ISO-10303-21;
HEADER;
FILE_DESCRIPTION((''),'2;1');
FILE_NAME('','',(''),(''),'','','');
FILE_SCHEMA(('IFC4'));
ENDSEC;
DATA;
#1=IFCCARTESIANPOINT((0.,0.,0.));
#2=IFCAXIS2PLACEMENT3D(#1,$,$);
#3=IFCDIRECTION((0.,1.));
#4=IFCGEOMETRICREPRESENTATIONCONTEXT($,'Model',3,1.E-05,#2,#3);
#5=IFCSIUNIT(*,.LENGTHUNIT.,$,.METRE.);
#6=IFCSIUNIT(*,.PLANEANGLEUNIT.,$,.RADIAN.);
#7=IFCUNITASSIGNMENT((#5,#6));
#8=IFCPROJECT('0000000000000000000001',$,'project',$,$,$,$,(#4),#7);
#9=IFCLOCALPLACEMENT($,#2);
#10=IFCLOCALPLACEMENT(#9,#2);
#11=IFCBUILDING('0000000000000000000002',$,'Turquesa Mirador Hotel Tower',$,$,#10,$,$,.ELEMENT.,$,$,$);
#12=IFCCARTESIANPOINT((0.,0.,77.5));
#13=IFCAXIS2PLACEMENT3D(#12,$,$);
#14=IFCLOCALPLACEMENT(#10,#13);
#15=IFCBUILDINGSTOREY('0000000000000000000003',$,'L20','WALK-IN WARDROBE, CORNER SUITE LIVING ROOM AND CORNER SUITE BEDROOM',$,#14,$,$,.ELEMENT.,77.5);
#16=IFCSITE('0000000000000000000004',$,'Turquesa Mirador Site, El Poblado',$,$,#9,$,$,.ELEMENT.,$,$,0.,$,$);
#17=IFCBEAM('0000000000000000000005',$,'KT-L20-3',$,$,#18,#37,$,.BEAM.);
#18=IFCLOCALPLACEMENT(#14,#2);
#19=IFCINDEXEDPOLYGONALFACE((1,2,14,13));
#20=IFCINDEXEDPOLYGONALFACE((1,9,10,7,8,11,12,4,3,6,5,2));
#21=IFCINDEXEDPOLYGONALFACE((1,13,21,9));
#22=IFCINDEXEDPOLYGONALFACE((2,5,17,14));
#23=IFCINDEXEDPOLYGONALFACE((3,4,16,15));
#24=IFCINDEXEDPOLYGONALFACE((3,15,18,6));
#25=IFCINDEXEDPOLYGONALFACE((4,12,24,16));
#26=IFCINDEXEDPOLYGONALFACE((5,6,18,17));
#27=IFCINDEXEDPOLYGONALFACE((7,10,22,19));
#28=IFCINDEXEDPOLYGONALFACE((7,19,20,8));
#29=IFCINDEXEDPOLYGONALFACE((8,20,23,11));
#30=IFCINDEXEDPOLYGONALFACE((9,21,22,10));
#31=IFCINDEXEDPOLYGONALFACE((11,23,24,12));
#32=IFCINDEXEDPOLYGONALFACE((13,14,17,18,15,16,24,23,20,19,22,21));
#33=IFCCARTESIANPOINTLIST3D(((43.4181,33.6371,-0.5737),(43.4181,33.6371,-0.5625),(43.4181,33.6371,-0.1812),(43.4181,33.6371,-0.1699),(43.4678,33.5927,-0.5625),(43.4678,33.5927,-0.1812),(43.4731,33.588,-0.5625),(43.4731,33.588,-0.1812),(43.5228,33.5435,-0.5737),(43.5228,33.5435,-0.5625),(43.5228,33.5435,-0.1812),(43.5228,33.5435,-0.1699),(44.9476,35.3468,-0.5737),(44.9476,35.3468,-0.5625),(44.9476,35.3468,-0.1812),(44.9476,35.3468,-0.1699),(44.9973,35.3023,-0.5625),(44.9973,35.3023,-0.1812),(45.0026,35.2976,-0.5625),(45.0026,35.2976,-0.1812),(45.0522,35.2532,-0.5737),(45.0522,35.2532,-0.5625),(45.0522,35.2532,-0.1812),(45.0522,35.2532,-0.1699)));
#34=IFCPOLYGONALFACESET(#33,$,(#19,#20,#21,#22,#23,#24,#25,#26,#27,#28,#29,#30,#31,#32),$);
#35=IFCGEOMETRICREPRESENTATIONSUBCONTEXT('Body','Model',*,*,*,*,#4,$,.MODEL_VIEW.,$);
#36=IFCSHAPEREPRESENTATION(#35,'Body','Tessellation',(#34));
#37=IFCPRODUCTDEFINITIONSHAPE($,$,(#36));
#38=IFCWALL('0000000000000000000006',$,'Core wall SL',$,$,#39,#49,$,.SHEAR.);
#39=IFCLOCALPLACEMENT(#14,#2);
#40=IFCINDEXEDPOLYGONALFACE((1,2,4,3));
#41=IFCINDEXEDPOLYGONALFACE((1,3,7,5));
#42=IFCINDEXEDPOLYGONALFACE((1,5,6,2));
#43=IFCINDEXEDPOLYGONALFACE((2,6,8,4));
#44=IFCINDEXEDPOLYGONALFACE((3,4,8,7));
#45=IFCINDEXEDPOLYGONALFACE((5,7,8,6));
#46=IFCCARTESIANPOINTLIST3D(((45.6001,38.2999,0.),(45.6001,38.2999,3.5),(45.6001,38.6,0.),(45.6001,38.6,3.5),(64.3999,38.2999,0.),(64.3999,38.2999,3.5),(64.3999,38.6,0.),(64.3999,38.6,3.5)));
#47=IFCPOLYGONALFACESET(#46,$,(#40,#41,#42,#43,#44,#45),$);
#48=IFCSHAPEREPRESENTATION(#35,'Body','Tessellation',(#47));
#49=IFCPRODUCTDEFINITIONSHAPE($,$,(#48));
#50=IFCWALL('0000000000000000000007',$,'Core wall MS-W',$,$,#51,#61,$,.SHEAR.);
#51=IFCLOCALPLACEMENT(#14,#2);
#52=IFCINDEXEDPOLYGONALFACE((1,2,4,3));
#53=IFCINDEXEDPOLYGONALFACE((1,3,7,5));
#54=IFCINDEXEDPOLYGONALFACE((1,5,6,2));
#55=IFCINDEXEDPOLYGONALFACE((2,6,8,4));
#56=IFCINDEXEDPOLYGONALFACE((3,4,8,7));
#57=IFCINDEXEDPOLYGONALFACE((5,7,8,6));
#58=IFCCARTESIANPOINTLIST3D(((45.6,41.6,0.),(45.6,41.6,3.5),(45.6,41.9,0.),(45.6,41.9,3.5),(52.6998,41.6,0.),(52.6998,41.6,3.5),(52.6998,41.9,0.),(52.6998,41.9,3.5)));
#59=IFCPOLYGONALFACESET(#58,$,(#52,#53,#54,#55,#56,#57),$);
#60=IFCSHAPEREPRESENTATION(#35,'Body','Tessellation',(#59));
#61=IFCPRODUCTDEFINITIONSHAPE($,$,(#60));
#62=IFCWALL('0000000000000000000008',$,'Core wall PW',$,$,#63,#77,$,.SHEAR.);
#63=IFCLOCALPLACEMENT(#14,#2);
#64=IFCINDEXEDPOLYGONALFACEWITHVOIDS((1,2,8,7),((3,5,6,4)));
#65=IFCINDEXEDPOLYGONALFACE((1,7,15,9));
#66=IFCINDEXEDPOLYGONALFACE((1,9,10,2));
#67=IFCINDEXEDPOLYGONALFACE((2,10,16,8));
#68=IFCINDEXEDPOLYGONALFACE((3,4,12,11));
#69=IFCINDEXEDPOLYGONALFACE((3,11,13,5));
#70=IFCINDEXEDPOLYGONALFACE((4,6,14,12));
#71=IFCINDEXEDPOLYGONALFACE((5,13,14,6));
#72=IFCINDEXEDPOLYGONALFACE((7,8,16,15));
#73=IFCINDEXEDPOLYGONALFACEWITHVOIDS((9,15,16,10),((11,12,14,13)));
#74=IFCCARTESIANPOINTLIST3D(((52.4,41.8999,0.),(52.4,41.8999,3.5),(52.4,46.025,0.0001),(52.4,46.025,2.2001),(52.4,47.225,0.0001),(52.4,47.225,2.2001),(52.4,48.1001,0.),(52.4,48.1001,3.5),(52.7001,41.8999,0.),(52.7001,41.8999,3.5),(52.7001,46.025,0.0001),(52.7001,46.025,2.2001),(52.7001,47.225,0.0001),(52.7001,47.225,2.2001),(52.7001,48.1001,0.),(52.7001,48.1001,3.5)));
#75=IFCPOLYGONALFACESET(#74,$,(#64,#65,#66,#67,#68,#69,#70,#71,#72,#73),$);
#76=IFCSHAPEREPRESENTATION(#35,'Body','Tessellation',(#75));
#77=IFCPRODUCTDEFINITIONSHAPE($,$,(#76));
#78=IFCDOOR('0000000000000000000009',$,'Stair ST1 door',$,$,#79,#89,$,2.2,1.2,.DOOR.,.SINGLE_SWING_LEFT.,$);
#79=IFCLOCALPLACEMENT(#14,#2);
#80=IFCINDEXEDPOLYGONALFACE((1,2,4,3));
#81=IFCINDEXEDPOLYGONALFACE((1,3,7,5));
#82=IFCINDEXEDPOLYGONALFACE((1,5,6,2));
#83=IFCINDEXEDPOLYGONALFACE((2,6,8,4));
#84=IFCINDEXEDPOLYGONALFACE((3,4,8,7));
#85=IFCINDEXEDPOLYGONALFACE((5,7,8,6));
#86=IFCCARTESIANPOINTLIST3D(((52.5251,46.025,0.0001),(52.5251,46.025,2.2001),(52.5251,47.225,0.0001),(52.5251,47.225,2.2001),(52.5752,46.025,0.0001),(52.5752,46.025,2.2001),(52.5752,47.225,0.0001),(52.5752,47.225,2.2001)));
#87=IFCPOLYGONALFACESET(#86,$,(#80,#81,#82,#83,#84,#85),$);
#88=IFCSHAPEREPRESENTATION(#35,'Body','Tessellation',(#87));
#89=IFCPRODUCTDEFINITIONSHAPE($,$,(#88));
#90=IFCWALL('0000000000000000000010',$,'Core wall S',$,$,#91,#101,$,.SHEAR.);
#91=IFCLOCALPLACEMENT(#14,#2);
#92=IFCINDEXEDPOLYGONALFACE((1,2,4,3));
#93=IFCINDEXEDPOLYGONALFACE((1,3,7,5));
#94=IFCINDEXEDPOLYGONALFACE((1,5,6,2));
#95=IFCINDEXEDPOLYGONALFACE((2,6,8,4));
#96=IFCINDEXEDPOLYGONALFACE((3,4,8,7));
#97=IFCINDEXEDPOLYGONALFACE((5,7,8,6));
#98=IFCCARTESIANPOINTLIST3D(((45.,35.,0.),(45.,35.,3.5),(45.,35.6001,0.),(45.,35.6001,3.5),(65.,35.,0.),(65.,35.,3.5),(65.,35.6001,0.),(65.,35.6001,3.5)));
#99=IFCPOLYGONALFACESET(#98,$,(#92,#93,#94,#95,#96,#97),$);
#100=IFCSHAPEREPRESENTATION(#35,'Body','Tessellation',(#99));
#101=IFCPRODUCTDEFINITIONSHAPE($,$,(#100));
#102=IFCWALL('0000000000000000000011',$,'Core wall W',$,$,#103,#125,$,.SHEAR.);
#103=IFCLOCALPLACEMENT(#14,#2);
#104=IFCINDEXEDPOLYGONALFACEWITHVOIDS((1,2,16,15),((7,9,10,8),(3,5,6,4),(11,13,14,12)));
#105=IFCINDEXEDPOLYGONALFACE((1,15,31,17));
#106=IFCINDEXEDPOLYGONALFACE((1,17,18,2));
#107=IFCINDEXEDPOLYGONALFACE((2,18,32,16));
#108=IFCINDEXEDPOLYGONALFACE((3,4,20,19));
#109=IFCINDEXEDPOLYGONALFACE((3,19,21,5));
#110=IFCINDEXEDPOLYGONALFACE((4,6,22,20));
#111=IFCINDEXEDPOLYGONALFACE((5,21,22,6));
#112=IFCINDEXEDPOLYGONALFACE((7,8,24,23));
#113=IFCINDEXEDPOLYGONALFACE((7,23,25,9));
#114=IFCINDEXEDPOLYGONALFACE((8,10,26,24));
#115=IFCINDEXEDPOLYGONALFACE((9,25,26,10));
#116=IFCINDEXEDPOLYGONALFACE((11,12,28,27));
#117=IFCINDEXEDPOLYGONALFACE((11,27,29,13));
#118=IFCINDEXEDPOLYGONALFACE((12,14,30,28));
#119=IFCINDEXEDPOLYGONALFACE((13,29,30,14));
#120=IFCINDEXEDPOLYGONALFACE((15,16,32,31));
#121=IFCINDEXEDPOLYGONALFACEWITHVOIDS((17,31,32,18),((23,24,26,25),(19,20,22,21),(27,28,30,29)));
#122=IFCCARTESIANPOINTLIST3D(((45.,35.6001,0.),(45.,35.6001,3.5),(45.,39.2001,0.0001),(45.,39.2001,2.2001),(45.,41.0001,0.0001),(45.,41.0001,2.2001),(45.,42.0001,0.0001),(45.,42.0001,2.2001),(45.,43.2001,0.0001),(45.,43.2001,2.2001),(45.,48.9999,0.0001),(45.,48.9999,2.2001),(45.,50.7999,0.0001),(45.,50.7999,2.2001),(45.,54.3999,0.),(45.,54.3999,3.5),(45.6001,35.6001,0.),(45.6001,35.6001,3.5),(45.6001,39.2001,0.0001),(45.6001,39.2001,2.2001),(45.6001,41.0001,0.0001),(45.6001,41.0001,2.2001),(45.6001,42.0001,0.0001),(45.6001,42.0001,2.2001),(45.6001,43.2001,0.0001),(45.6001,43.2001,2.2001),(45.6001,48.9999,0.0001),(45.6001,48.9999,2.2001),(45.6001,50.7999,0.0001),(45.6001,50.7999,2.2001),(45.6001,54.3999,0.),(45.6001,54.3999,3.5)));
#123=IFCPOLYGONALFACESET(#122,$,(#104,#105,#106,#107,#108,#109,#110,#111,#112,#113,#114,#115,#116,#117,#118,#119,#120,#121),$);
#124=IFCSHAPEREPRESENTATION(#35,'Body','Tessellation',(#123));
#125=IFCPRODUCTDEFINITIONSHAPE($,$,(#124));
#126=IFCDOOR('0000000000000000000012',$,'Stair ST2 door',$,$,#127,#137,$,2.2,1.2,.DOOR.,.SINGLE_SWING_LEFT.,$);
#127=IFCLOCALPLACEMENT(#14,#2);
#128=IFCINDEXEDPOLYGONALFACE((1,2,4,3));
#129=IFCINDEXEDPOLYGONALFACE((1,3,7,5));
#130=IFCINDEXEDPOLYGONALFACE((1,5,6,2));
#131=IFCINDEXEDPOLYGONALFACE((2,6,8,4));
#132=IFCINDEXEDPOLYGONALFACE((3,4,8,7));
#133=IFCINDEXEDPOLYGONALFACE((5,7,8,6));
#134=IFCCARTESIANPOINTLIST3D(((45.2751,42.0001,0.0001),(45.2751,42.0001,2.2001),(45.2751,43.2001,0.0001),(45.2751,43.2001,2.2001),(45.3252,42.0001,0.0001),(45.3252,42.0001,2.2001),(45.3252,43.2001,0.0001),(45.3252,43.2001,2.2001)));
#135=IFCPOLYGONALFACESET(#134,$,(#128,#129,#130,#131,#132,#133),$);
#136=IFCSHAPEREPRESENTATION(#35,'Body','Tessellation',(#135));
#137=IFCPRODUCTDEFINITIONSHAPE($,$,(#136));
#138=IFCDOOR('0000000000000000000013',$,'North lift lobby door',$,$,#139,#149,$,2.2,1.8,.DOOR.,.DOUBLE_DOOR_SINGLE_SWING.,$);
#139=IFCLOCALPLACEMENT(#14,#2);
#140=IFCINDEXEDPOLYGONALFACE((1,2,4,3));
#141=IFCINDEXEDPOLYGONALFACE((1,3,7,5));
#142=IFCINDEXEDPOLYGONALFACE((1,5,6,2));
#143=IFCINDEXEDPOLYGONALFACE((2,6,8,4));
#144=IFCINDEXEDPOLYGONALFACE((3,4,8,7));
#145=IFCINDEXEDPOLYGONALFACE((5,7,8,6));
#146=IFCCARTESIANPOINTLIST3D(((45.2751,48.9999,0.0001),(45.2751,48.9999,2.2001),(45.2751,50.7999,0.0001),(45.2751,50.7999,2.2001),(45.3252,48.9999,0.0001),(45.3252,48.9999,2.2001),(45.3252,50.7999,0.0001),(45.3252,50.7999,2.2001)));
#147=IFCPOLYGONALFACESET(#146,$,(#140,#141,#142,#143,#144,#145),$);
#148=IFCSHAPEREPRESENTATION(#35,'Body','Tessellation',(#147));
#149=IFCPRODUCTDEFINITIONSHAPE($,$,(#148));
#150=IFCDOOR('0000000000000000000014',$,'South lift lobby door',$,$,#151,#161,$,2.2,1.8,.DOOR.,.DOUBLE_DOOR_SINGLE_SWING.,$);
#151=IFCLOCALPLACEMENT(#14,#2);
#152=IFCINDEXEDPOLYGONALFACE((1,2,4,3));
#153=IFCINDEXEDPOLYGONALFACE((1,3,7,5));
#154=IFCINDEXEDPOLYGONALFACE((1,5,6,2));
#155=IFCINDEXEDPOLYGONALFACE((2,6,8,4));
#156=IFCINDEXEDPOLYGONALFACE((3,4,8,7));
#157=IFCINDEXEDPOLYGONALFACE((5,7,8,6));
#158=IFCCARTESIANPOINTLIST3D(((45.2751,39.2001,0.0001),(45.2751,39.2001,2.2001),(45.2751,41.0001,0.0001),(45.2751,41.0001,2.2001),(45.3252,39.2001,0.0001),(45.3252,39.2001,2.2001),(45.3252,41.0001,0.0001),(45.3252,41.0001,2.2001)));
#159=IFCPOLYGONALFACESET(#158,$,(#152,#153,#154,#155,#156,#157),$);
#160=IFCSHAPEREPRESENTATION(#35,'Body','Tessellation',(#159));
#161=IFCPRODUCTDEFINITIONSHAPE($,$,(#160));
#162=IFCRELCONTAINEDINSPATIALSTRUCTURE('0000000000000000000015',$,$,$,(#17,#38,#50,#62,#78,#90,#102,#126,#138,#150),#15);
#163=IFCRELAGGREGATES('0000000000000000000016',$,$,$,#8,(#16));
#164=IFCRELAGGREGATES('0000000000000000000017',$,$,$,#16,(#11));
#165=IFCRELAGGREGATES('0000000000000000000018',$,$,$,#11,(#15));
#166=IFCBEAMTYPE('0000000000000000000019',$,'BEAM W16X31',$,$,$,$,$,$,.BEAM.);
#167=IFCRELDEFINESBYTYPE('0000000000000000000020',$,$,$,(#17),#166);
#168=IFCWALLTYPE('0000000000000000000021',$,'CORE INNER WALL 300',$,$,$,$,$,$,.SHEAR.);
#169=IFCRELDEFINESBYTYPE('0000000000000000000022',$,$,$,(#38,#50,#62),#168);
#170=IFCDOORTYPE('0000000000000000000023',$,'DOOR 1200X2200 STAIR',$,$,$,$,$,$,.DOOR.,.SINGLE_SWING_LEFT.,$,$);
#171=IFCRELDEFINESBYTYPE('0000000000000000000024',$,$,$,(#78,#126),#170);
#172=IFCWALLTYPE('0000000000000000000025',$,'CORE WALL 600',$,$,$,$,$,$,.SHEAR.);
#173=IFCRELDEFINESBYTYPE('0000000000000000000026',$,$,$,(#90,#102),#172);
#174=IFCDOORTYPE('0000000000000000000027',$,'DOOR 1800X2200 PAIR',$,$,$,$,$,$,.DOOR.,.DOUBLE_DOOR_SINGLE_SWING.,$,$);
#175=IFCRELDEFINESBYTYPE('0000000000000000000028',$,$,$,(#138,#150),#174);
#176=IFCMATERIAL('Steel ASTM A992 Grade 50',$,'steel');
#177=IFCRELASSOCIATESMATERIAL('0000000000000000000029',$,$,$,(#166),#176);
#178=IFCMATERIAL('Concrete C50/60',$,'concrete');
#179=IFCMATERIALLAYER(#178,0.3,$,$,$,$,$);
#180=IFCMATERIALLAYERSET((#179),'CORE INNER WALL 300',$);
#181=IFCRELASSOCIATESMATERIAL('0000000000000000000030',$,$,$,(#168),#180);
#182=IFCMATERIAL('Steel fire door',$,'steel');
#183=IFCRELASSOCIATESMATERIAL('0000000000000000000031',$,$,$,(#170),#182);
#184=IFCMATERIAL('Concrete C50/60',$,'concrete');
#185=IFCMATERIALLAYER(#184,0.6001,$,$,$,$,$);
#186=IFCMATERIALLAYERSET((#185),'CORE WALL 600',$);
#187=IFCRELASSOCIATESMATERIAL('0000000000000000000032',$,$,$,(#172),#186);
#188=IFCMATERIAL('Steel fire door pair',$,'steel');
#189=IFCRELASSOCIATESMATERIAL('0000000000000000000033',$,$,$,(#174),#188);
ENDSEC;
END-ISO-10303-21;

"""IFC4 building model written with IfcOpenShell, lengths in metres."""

from ifc_helpers import new_model, si_unit, direction, frame, frame_2d, origin, origin_2d, place, context, subcontext, project, spatial, rectangle, i_section, extrude, material, layer, layer_set, material_profile, profile_set, type_object, element, fill, save


model = new_model("IFC4")

# Units and contexts
model_context = context("Model", 3, precision=1e-05, world=origin(), true_north=direction((0.0, 1.0)))
body_context = subcontext(model_context, "Body", "Model", "MODEL_VIEW")
ifc_project = project(units=[si_unit("LENGTHUNIT", "METRE"), si_unit("PLANEANGLEUNIT", "RADIAN")], contexts=[model_context])

# Site, building, storey
site_placement = place(None, origin())
site = spatial("IfcSite", under=ifc_project, at=site_placement, Name="Turquesa Mirador Site, El Poblado", CompositionType="ELEMENT", RefElevation=0.0)
building_placement = place(site_placement, origin())
building = spatial("IfcBuilding", under=site, at=building_placement, Name="Turquesa Mirador Hotel Tower", CompositionType="ELEMENT")
storey_placement = place(building_placement, frame((0.0, 0.0, 77.5)))
storey = spatial("IfcBuildingStorey", under=building, at=storey_placement, Name="L20", Description="WALK-IN WARDROBE, CORNER SUITE LIVING ROOM AND CORNER SUITE BEDROOM", CompositionType="ELEMENT", Elevation=77.5)

# Beam
ifc_material_1 = material(Name="Steel ASTM A992 Grade 50", Category="steel")
ifc_material_profile = material_profile(ifc_material_1, i_section(OverallWidth=0.1404, OverallDepth=0.4038, WebThickness=0.0071, FlangeThickness=0.0112, at=origin_2d()), Name="W16X31")
ifc_profile_set = profile_set([ifc_material_profile], Name="Steel ASTM A992 Grade 50")
beam_type = type_object("IfcBeamType", Name="BEAM W16X31", PredefinedType="BEAM", material=ifc_profile_set)
beam_placement = place(storey_placement, frame((43.4705, 33.5903, -0.3718), z_axis=(0.666745, 0.745286, 0.0), x_axis=(-0.745286, 0.666745, 0.0)))
element("IfcBeam", 1, at=beam_placement, inside=storey, type_object=beam_type, Name="KT-L20-3", PredefinedType="BEAM", context=body_context, shape_type="SweptSolid", body=[
    extrude(i_section(OverallWidth=0.1404, OverallDepth=0.4038, WebThickness=0.0071, FlangeThickness=0.0112, at=origin_2d()), origin(), (0.0, 0.0, 1.0), 2.2939),
])

# Walls
ifc_material_2 = material(Name="Concrete C50/60", Category="concrete")
ifc_layer_1 = layer(ifc_material_2, 0.3)
ifc_layer_set_1 = layer_set([ifc_layer_1], Name="CORE INNER WALL 300")
wall_type_1 = type_object("IfcWallType", Name="CORE INNER WALL 300", PredefinedType="SHEAR", material=ifc_layer_set_1)
wall_1_placement = place(storey_placement, frame((45.6001, 38.45, 0.0), z_axis=(0.0, 0.0, 1.0), x_axis=(1.0, 0.0, 0.0)))
element("IfcWall", 2, at=wall_1_placement, inside=storey, type_object=wall_type_1, Name="Core wall SL", PredefinedType="SHEAR", context=body_context, shape_type="SweptSolid", body=[
    extrude(rectangle(XDim=18.7998, YDim=0.3, at=frame_2d((9.3999, 0.0))), origin(), (0.0, 0.0, 1.0), 3.5),
])
wall_2_placement = place(storey_placement, frame((45.6001, 41.75, 0.0), z_axis=(0.0, 0.0, 1.0), x_axis=(1.0, 0.0, 0.0)))
element("IfcWall", 3, at=wall_2_placement, inside=storey, type_object=wall_type_1, Name="Core wall MS-W", PredefinedType="SHEAR", context=body_context, shape_type="SweptSolid", body=[
    extrude(rectangle(XDim=7.0999, YDim=0.3, at=frame_2d((3.5498, 0.0))), origin(), (0.0, 0.0, 1.0), 3.5),
])

# Wall, opening, door
wall_3_placement = place(storey_placement, frame((52.55, 41.8999, 0.0), z_axis=(0.0, 0.0, 1.0), x_axis=(0.0, 1.0, 0.0)))
wall_3 = element("IfcWall", 4, at=wall_3_placement, inside=storey, type_object=wall_type_1, Name="Core wall PW", PredefinedType="SHEAR", context=body_context, shape_type="SweptSolid", body=[
    extrude(rectangle(XDim=6.2002, YDim=0.3, at=frame_2d((3.1001, 0.0))), origin(), (0.0, 0.0, 1.0), 3.5),
])
opening_1_placement = place(wall_3_placement, frame((4.125, 0.0, 0.0)))
opening_1 = element("IfcOpeningElement", 5, at=opening_1_placement, cuts=wall_3, PredefinedType="OPENING", context=body_context, shape_type="SweptSolid", body=[
    extrude(rectangle(XDim=1.2, YDim=2.2, at=frame_2d((0.6001, 1.1001))), frame((0.0, 0.1599, 0.0), z_axis=(0.0, -1.0, 0.0), x_axis=(1.0, 0.0, 0.0)), (0.0, 0.0, 1.0), 0.3201),
])
ifc_material_3 = material(Name="Steel fire door", Category="steel")
door_type_1 = type_object("IfcDoorType", Name="DOOR 1200X2200 STAIR", OperationType="SINGLE_SWING_LEFT", PredefinedType="DOOR", material=ifc_material_3)
door_1_placement = place(opening_1_placement, origin())
door_1 = element("IfcDoor", 6, at=door_1_placement, inside=storey, type_object=door_type_1, Name="Stair ST1 door", OperationType="SINGLE_SWING_LEFT", OverallHeight=2.2, OverallWidth=1.2, PredefinedType="DOOR", context=body_context, shape_type="SweptSolid", body=[
    extrude(rectangle(XDim=1.2, YDim=2.2, at=frame_2d((0.6001, 1.1001))), frame((0.0, 0.0249, 0.0), z_axis=(0.0, -1.0, 0.0), x_axis=(1.0, 0.0, 0.0)), (0.0, 0.0, 1.0), 0.05),
])
fill(opening_1, door_1)

# Wall
ifc_material_4 = material(Name="Concrete C50/60", Category="concrete")
ifc_layer_2 = layer(ifc_material_4, 0.6001)
ifc_layer_set_2 = layer_set([ifc_layer_2], Name="CORE WALL 600")
wall_type_2 = type_object("IfcWallType", Name="CORE WALL 600", PredefinedType="SHEAR", material=ifc_layer_set_2)
wall_4_placement = place(storey_placement, frame((45.0, 35.3, 0.0), z_axis=(0.0, 0.0, 1.0), x_axis=(1.0, 0.0, 0.0)))
element("IfcWall", 7, at=wall_4_placement, inside=storey, type_object=wall_type_2, Name="Core wall S", PredefinedType="SHEAR", context=body_context, shape_type="SweptSolid", body=[
    extrude(rectangle(XDim=20.0, YDim=0.6001, at=frame_2d((10.0, 0.0))), origin(), (0.0, 0.0, 1.0), 3.5),
])

# Wall, openings, doors
wall_5_placement = place(storey_placement, frame((45.3, 35.6001, 0.0), z_axis=(0.0, 0.0, 1.0), x_axis=(0.0, 1.0, 0.0)))
wall_5 = element("IfcWall", 8, at=wall_5_placement, inside=storey, type_object=wall_type_2, Name="Core wall W", PredefinedType="SHEAR", context=body_context, shape_type="SweptSolid", body=[
    extrude(rectangle(XDim=18.7998, YDim=0.6001, at=frame_2d((9.3999, 0.0))), origin(), (0.0, 0.0, 1.0), 3.5),
])
opening_2_placement = place(wall_5_placement, frame((13.3999, 0.0, 0.0)))
opening_2 = element("IfcOpeningElement", 9, at=opening_2_placement, cuts=wall_5, PredefinedType="OPENING", context=body_context, shape_type="SweptSolid", body=[
    extrude(rectangle(XDim=1.8, YDim=2.2, at=frame_2d((0.8999, 1.1001))), frame((0.0, 0.3101, 0.0), z_axis=(0.0, -1.0, 0.0), x_axis=(1.0, 0.0, 0.0)), (0.0, 0.0, 1.0), 0.6201),
])
opening_3_placement = place(wall_5_placement, frame((3.6001, 0.0, 0.0)))
opening_3 = element("IfcOpeningElement", 10, at=opening_3_placement, cuts=wall_5, PredefinedType="OPENING", context=body_context, shape_type="SweptSolid", body=[
    extrude(rectangle(XDim=1.8, YDim=2.2, at=frame_2d((0.8999, 1.1001))), frame((0.0, 0.3101, 0.0), z_axis=(0.0, -1.0, 0.0), x_axis=(1.0, 0.0, 0.0)), (0.0, 0.0, 1.0), 0.6201),
])
opening_4_placement = place(wall_5_placement, frame((6.3999, 0.0, 0.0)))
opening_4 = element("IfcOpeningElement", 11, at=opening_4_placement, cuts=wall_5, PredefinedType="OPENING", context=body_context, shape_type="SweptSolid", body=[
    extrude(rectangle(XDim=1.2, YDim=2.2, at=frame_2d((0.6001, 1.1001))), frame((0.0, 0.3101, 0.0), z_axis=(0.0, -1.0, 0.0), x_axis=(1.0, 0.0, 0.0)), (0.0, 0.0, 1.0), 0.6201),
])
door_2_placement = place(opening_4_placement, origin())
door_2 = element("IfcDoor", 12, at=door_2_placement, inside=storey, type_object=door_type_1, Name="Stair ST2 door", OperationType="SINGLE_SWING_LEFT", OverallHeight=2.2, OverallWidth=1.2, PredefinedType="DOOR", context=body_context, shape_type="SweptSolid", body=[
    extrude(rectangle(XDim=1.2, YDim=2.2, at=frame_2d((0.6001, 1.1001))), frame((0.0, 0.0249, 0.0), z_axis=(0.0, -1.0, 0.0), x_axis=(1.0, 0.0, 0.0)), (0.0, 0.0, 1.0), 0.05),
])
fill(opening_4, door_2)
ifc_material_5 = material(Name="Steel fire door pair", Category="steel")
door_type_2 = type_object("IfcDoorType", Name="DOOR 1800X2200 PAIR", OperationType="DOUBLE_DOOR_SINGLE_SWING", PredefinedType="DOOR", material=ifc_material_5)
door_3_placement = place(opening_2_placement, origin())
door_3 = element("IfcDoor", 13, at=door_3_placement, inside=storey, type_object=door_type_2, Name="North lift lobby door", OperationType="DOUBLE_DOOR_SINGLE_SWING", OverallHeight=2.2, OverallWidth=1.8, PredefinedType="DOOR", context=body_context, shape_type="SweptSolid", body=[
    extrude(rectangle(XDim=1.8, YDim=2.2, at=frame_2d((0.8999, 1.1001))), frame((0.0, 0.0249, 0.0), z_axis=(0.0, -1.0, 0.0), x_axis=(1.0, 0.0, 0.0)), (0.0, 0.0, 1.0), 0.05),
])
fill(opening_2, door_3)
door_4_placement = place(opening_3_placement, origin())
door_4 = element("IfcDoor", 14, at=door_4_placement, inside=storey, type_object=door_type_2, Name="South lift lobby door", OperationType="DOUBLE_DOOR_SINGLE_SWING", OverallHeight=2.2, OverallWidth=1.8, PredefinedType="DOOR", context=body_context, shape_type="SweptSolid", body=[
    extrude(rectangle(XDim=1.8, YDim=2.2, at=frame_2d((0.8999, 1.1001))), frame((0.0, 0.0249, 0.0), z_axis=(0.0, -1.0, 0.0), x_axis=(1.0, 0.0, 0.0)), (0.0, 0.0, 1.0), 0.05),
])
fill(opening_3, door_4)

save(model, "model.ifc")
